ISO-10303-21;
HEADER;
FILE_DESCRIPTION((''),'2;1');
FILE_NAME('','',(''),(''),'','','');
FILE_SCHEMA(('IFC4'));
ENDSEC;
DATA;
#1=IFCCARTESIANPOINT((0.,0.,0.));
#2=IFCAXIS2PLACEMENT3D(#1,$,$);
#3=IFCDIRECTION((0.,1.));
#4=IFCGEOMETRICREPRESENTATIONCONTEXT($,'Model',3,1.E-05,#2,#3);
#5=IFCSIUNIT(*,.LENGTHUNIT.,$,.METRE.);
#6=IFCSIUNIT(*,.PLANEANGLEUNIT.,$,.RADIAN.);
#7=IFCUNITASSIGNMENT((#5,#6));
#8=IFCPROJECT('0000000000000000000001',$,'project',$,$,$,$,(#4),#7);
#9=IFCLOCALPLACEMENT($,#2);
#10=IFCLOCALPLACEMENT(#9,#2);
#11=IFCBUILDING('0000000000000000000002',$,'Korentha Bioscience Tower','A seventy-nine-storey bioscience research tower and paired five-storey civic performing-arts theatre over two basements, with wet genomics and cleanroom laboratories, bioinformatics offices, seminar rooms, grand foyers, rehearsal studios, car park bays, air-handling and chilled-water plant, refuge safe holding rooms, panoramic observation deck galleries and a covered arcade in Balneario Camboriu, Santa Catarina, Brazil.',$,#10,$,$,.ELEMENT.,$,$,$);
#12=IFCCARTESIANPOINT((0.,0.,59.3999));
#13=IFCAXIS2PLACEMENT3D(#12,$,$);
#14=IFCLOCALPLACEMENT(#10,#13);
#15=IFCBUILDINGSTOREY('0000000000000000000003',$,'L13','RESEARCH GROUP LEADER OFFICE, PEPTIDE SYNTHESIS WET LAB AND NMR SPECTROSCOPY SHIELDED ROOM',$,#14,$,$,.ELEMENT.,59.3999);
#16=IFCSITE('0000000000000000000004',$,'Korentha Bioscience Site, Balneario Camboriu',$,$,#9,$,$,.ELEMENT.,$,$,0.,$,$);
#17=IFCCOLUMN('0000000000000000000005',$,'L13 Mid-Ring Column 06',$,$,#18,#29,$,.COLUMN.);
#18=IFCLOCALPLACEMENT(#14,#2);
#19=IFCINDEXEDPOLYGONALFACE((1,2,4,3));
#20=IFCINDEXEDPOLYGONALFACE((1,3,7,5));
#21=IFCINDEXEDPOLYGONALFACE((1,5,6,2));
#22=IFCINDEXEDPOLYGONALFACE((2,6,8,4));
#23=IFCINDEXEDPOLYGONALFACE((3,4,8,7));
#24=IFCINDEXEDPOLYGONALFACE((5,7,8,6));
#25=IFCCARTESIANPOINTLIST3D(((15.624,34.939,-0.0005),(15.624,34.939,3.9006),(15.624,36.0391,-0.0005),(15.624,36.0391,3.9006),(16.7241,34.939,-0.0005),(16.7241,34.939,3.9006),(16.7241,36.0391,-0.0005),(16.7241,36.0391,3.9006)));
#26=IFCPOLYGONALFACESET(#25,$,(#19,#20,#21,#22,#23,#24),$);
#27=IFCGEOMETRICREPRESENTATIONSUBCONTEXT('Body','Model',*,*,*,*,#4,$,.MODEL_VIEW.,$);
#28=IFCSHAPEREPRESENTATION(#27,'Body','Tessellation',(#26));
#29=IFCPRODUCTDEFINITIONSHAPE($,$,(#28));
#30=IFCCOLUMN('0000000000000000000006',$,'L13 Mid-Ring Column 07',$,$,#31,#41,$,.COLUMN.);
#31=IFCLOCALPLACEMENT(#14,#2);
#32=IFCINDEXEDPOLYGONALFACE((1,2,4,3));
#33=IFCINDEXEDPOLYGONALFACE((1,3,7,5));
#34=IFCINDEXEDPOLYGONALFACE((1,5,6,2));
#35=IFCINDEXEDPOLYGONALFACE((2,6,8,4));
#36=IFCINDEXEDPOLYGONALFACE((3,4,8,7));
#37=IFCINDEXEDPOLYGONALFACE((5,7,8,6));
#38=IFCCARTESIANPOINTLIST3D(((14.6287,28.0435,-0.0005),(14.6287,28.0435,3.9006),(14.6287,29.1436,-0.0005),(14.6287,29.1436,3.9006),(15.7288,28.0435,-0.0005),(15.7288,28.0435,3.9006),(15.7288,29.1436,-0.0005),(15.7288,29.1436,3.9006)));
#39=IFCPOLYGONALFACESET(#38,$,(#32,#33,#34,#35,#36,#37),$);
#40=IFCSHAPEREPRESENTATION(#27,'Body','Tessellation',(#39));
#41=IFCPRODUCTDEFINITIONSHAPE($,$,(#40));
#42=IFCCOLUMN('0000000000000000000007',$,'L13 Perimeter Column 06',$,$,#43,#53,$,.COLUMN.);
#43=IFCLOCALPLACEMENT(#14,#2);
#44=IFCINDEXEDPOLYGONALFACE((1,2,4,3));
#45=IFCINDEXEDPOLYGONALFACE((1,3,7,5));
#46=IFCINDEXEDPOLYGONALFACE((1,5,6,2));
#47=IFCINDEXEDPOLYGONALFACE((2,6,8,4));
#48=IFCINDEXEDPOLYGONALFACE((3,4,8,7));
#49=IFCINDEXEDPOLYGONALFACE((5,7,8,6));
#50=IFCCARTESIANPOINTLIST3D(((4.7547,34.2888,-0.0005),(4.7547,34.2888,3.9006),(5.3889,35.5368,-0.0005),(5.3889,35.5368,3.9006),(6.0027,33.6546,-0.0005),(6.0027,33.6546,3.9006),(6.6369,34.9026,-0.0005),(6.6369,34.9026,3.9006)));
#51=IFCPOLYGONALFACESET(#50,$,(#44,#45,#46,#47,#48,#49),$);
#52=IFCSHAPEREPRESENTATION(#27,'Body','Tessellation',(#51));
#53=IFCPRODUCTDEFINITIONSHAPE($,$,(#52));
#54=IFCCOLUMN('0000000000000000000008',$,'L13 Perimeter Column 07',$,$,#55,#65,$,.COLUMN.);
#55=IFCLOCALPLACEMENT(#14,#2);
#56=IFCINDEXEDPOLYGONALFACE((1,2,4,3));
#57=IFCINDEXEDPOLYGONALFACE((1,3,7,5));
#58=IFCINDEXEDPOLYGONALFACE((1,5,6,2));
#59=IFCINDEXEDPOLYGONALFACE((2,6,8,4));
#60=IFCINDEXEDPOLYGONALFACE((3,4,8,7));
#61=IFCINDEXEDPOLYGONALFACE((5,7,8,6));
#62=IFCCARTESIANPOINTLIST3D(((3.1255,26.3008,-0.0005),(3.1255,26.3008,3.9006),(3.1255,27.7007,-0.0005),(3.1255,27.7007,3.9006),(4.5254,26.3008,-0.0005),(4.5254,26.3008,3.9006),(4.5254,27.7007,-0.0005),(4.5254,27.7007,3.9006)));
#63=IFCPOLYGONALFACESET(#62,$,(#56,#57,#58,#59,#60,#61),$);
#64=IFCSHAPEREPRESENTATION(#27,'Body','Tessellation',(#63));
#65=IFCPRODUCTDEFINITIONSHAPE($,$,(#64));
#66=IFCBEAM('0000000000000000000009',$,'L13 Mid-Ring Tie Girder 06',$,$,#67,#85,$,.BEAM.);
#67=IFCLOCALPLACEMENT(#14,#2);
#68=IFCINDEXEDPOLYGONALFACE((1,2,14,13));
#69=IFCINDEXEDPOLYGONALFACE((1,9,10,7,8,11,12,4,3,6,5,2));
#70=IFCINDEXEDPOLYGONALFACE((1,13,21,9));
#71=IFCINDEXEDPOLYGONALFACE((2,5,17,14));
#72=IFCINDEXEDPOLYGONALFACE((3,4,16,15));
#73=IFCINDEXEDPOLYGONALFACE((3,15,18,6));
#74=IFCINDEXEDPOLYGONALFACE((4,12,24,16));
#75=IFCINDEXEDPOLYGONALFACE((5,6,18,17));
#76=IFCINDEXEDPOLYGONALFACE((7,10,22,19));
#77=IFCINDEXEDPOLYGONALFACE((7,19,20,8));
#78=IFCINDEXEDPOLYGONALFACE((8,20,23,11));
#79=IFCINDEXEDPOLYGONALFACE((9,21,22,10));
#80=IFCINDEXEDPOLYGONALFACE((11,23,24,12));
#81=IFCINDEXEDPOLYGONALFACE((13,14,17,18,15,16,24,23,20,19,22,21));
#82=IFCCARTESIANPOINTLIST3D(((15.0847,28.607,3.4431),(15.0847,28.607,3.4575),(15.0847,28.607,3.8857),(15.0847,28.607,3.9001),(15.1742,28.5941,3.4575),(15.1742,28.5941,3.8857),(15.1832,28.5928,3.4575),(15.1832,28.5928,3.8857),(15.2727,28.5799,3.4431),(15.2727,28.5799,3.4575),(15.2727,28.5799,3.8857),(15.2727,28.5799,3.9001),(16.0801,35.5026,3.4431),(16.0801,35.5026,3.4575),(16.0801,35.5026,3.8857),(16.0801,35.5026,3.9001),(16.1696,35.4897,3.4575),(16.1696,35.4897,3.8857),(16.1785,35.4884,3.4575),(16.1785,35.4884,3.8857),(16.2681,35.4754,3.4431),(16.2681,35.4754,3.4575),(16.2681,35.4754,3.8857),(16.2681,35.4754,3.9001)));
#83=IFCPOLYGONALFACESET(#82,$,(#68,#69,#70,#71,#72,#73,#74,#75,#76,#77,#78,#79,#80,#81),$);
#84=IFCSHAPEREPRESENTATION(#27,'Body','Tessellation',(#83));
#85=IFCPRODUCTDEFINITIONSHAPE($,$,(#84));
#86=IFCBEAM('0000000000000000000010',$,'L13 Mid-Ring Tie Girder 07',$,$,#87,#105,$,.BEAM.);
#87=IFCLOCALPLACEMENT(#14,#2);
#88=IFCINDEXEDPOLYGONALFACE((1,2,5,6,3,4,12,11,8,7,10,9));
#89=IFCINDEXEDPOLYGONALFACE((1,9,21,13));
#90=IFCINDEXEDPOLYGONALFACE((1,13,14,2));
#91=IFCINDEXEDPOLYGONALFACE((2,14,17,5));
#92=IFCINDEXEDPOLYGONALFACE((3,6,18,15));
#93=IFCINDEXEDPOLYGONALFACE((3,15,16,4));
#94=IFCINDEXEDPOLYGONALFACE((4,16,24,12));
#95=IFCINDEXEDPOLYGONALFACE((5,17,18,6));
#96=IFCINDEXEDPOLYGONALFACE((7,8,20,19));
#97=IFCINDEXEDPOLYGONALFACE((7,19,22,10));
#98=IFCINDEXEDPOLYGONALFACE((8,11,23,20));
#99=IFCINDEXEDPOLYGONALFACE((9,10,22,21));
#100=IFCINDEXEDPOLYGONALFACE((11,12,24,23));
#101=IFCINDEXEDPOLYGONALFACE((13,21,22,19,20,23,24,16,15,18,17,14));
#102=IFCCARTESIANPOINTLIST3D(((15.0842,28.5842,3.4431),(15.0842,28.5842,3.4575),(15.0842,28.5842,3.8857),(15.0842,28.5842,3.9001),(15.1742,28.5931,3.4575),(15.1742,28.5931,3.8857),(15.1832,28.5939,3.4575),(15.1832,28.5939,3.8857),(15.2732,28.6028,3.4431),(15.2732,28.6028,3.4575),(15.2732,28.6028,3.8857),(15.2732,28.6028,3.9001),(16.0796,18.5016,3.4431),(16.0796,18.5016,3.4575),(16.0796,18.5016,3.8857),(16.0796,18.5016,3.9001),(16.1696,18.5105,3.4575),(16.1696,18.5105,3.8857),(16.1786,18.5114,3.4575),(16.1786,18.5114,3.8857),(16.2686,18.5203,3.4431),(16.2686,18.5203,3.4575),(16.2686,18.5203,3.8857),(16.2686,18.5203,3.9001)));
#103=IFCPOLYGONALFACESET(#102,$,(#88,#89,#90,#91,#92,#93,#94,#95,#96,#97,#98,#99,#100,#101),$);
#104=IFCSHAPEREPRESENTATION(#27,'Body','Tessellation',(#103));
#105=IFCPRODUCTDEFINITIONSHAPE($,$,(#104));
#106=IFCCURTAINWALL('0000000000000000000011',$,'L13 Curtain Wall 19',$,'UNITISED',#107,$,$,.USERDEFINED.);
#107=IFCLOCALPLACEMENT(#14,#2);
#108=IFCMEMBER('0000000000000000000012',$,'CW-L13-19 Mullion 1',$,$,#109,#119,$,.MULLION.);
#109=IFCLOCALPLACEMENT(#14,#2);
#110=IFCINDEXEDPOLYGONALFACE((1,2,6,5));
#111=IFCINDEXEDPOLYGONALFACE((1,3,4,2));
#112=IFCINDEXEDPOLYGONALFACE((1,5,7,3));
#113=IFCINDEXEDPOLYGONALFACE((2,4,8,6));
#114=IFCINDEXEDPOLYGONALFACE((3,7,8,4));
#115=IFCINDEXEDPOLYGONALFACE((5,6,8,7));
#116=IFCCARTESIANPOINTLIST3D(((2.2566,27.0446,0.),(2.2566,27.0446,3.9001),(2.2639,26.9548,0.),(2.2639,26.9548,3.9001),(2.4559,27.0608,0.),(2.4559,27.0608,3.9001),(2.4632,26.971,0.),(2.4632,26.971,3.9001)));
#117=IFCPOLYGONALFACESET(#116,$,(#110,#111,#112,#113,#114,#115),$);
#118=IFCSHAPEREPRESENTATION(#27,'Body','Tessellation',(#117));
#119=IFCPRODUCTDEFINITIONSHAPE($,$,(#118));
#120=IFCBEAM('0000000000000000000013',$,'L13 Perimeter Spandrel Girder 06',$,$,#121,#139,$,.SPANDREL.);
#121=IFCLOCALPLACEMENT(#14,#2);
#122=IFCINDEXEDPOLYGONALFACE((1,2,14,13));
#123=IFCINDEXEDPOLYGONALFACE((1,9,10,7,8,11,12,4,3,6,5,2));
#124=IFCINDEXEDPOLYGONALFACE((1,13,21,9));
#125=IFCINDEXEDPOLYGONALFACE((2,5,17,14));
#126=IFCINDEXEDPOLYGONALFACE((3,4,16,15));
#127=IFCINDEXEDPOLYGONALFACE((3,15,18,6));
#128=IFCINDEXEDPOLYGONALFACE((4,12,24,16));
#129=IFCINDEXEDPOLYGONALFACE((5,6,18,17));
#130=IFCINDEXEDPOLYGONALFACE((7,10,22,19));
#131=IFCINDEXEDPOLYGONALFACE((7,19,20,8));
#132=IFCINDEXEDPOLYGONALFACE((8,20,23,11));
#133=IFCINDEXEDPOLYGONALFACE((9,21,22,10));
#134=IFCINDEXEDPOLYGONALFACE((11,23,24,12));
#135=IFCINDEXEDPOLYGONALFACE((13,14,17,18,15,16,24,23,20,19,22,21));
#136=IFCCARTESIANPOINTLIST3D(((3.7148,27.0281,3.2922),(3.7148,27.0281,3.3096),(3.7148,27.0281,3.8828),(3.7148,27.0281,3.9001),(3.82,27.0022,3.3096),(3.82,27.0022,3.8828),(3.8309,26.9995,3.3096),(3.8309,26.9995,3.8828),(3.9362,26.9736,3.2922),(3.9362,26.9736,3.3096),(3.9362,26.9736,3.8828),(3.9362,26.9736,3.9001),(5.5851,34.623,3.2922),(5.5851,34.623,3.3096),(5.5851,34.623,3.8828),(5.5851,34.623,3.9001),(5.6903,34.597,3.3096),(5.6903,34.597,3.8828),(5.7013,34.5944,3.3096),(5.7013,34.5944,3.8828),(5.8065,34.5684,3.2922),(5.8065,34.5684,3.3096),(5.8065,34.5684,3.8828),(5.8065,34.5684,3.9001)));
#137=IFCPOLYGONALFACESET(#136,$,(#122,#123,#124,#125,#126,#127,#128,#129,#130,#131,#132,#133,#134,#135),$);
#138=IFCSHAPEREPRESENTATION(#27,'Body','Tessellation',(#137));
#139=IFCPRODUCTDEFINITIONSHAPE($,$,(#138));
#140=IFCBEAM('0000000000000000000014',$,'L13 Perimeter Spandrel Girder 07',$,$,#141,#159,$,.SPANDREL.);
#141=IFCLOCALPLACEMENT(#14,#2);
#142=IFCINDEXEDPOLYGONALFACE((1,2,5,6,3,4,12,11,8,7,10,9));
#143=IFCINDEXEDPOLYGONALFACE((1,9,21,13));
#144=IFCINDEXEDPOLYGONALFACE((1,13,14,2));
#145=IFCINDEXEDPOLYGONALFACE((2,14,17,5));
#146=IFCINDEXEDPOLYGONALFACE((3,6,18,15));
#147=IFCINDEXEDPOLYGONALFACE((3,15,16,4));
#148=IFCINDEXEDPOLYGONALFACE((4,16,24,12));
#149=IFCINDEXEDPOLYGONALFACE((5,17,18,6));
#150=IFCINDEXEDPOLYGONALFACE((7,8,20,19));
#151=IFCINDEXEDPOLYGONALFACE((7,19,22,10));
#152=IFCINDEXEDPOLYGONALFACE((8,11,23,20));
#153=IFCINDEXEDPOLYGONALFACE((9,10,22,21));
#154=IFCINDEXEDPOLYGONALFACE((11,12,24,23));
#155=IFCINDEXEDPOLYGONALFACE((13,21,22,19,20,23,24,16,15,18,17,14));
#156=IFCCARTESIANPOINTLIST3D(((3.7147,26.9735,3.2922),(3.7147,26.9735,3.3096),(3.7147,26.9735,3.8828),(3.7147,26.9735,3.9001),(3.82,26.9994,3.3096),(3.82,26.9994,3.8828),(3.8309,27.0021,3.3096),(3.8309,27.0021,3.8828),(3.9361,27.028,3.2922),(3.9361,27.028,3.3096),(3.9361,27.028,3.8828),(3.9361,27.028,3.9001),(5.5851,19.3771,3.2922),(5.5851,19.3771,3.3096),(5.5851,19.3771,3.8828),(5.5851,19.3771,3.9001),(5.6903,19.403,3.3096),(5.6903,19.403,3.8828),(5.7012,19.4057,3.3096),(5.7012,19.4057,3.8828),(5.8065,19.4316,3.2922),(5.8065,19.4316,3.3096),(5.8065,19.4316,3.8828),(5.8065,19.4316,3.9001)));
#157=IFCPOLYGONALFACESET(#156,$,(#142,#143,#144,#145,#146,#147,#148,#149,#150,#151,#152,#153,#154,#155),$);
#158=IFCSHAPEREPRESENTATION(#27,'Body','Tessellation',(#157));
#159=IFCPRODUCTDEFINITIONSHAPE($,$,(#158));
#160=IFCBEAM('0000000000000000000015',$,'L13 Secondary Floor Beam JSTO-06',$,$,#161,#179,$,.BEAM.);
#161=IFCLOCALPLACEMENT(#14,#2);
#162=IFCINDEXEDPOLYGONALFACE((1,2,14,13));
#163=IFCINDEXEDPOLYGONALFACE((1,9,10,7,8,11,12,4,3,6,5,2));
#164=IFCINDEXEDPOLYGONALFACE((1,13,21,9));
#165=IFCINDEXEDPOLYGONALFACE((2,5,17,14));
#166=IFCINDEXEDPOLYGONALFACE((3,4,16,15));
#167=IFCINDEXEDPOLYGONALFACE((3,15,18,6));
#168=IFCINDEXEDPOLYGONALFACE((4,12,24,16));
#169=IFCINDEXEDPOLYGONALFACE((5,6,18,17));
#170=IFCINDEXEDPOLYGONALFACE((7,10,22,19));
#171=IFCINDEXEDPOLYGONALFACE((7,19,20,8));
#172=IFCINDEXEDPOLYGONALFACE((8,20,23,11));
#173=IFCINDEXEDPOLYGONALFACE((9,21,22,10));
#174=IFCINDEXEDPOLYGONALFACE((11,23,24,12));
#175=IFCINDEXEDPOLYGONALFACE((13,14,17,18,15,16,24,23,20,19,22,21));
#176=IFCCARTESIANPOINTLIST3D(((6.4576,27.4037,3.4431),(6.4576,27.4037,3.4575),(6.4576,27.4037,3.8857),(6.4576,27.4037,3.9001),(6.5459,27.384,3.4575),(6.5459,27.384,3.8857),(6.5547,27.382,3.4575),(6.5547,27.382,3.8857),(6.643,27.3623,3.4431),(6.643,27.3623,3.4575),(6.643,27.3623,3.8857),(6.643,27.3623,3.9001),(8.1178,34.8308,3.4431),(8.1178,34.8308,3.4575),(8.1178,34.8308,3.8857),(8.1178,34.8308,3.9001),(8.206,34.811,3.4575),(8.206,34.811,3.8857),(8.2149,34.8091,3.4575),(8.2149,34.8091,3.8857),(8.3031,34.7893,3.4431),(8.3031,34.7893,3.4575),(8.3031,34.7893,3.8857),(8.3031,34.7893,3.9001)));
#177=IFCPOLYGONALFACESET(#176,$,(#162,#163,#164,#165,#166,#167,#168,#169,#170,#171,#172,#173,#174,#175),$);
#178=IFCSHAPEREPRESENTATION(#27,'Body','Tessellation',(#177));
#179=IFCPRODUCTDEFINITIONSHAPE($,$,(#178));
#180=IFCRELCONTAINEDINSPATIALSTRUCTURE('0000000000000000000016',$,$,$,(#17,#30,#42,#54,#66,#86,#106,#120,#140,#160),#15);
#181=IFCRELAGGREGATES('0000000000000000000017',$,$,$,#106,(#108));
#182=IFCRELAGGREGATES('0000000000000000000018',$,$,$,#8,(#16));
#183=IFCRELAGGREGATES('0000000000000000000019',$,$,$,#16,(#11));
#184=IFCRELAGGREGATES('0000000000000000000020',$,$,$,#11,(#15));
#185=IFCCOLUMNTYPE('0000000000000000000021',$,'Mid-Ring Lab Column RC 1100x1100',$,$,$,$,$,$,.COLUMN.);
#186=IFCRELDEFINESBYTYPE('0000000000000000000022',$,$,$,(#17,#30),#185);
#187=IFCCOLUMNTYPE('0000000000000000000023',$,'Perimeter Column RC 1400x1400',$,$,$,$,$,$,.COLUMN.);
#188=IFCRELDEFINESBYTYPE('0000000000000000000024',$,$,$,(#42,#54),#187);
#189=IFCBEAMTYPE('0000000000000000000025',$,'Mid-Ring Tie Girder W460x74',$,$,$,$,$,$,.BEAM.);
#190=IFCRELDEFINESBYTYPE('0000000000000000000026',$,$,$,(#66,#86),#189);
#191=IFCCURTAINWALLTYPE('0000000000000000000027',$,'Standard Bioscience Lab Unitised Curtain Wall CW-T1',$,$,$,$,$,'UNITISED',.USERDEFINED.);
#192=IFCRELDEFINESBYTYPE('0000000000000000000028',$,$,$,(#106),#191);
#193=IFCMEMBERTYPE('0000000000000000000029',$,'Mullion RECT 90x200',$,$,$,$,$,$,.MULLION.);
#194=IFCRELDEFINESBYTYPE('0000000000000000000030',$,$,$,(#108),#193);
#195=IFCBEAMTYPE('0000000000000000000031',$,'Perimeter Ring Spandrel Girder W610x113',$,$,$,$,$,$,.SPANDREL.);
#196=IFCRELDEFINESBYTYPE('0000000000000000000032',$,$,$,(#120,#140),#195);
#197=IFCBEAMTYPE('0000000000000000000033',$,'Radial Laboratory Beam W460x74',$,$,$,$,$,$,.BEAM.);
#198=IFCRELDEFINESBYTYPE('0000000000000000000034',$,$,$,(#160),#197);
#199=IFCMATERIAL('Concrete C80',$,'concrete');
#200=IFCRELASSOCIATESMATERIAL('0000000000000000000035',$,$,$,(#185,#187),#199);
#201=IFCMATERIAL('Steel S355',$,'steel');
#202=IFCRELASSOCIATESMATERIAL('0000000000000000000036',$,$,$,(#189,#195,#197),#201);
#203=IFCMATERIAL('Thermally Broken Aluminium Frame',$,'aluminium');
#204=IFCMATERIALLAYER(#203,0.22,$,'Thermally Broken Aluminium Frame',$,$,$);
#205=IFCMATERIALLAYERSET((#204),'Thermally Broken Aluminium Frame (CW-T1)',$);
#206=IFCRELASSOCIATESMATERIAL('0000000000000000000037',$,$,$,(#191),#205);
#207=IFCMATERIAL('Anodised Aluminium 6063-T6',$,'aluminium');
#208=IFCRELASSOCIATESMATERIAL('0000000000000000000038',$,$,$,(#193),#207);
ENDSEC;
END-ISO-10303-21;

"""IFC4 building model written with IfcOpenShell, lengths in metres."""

from ifc_helpers import new_model, si_unit, direction, frame, origin, origin_2d, place, context, subcontext, project, spatial, rectangle, i_section, extrude, material, layer, layer_set, material_profile, profile_set, type_object, element, aggregate, save


model = new_model("IFC4")

# Units and contexts
model_context = context("Model", 3, precision=1e-05, world=origin(), true_north=direction((0.0, 1.0)))
body_context = subcontext(model_context, "Body", "Model", "MODEL_VIEW")
ifc_project = project(units=[si_unit("LENGTHUNIT", "METRE"), si_unit("PLANEANGLEUNIT", "RADIAN")], contexts=[model_context])

# Site, building, storey
site_placement = place(None, origin())
site = spatial("IfcSite", under=ifc_project, at=site_placement, Name="Korentha Bioscience Site, Balneario Camboriu", CompositionType="ELEMENT", RefElevation=0.0)
building_placement = place(site_placement, origin())
building = spatial("IfcBuilding", under=site, at=building_placement, Name="Korentha Bioscience Tower", Description="A seventy-nine-storey bioscience research tower and paired five-storey civic performing-arts theatre over two basements, with wet genomics and cleanroom laboratories, bioinformatics offices, seminar rooms, grand foyers, rehearsal studios, car park bays, air-handling and chilled-water plant, refuge safe holding rooms, panoramic observation deck galleries and a covered arcade in Balneario Camboriu, Santa Catarina, Brazil.", CompositionType="ELEMENT")
storey_placement = place(building_placement, frame((0.0, 0.0, 59.3999)))
storey = spatial("IfcBuildingStorey", under=building, at=storey_placement, Name="L13", Description="RESEARCH GROUP LEADER OFFICE, PEPTIDE SYNTHESIS WET LAB AND NMR SPECTROSCOPY SHIELDED ROOM", CompositionType="ELEMENT", Elevation=59.3999)

# Columns
ifc_material_1 = material(Name="Concrete C80", Category="concrete")
ifc_material_profile_1 = material_profile(ifc_material_1, rectangle(XDim=1.1001, YDim=1.1001, at=origin_2d()), Name="Concrete C80")
ifc_profile_set_1 = profile_set([ifc_material_profile_1], Name="Concrete C80 (COL-MR11)")
column_type_1 = type_object("IfcColumnType", Name="Mid-Ring Lab Column RC 1100x1100", PredefinedType="COLUMN", material=ifc_profile_set_1)
for number, where, z_axis, x_axis, name in (
    (1, (16.1741, 35.489, -0.0005), (0.0, 0.0, 1.0), (1.0, 0.0, 0.0), "L13 Mid-Ring Column 06"),
    (2, (15.1787, 28.5935, -0.0005), (0.0, 0.0, 1.0), (1.0, 0.0, 0.0), "L13 Mid-Ring Column 07"),
):
    element("IfcColumn", number, at=place(storey_placement, frame(where, z_axis=z_axis, x_axis=x_axis)), inside=storey, type_object=column_type_1, Name=name, PredefinedType="COLUMN", context=body_context, shape_type="SweptSolid", body=[
        extrude(rectangle(XDim=1.1001, YDim=1.1001, at=origin_2d()), origin(), (0.0, 0.0, 1.0), 3.9011),
    ])
ifc_material_profile_2 = material_profile(ifc_material_1, rectangle(XDim=1.3999, YDim=1.3999, at=origin_2d()), Name="Concrete C80")
ifc_profile_set_2 = profile_set([ifc_material_profile_2], Name="Concrete C80 (COL-P14)")
column_type_2 = type_object("IfcColumnType", Name="Perimeter Column RC 1400x1400", PredefinedType="COLUMN", material=ifc_profile_set_2)
for number, where, z_axis, x_axis, name in (
    (3, (5.6958, 34.5957, -0.0005), (0.0, 0.0, 1.0), (0.453057, 0.891481, 0.0), "L13 Perimeter Column 06"),
    (4, (3.8254, 27.0007, -0.0005), (0.0, 0.0, 1.0), (0.0, 1.0, 0.0), "L13 Perimeter Column 07"),
):
    element("IfcColumn", number, at=place(storey_placement, frame(where, z_axis=z_axis, x_axis=x_axis)), inside=storey, type_object=column_type_2, Name=name, PredefinedType="COLUMN", context=body_context, shape_type="SweptSolid", body=[
        extrude(rectangle(XDim=1.3999, YDim=1.3999, at=origin_2d()), origin(), (0.0, 0.0, 1.0), 3.9011),
    ])

# Beams
ifc_material_2 = material(Name="Steel S355", Category="steel")
ifc_material_profile_3 = material_profile(ifc_material_2, i_section(OverallWidth=0.1899, OverallDepth=0.457, WebThickness=0.009, FlangeThickness=0.0144, at=origin_2d()), Name="Steel S355")
ifc_profile_set_3 = profile_set([ifc_material_profile_3], Name="Steel S355 (MB-460)")
beam_type_1 = type_object("IfcBeamType", Name="Mid-Ring Tie Girder W460x74", PredefinedType="BEAM", material=ifc_profile_set_3)
beam_1_placement = place(storey_placement, frame((16.1741, 35.489, 3.6716), z_axis=(-0.142868, -0.989742, 0.0), x_axis=(0.989742, -0.142868, 0.0)))
element("IfcBeam", 5, at=beam_1_placement, inside=storey, type_object=beam_type_1, Name="L13 Mid-Ring Tie Girder 06", PredefinedType="BEAM", context=body_context, shape_type="SweptSolid", body=[
    extrude(i_section(OverallWidth=0.1899, OverallDepth=0.457, WebThickness=0.009, FlangeThickness=0.0144, at=origin_2d()), origin(), (0.0, 0.0, 1.0), 6.967),
])
beam_2_placement = place(storey_placement, frame((15.1787, 28.5935, 3.6716), z_axis=(0.098244, -0.995162, 0.0), x_axis=(0.995162, 0.098244, 0.0)))
element("IfcBeam", 6, at=beam_2_placement, inside=storey, type_object=beam_type_1, Name="L13 Mid-Ring Tie Girder 07", PredefinedType="BEAM", context=body_context, shape_type="SweptSolid", body=[
    extrude(i_section(OverallWidth=0.1899, OverallDepth=0.457, WebThickness=0.009, FlangeThickness=0.0144, at=origin_2d()), origin(), (0.0, 0.0, 1.0), 10.1316),
])

# Curtain wall, member
ifc_material_3 = material(Name="Thermally Broken Aluminium Frame", Category="aluminium")
ifc_layer_1 = layer(ifc_material_3, 0.22, Name="Thermally Broken Aluminium Frame")
ifc_layer_set_1 = layer_set([ifc_layer_1], Name="Thermally Broken Aluminium Frame (CW-T1)")
curtain_wall_type = type_object("IfcCurtainWallType", Name="Standard Bioscience Lab Unitised Curtain Wall CW-T1", ElementType="UNITISED", PredefinedType="USERDEFINED", material=ifc_layer_set_1)
curtain_wall_placement = place(storey_placement, origin())
curtain_wall = element("IfcCurtainWall", 7, at=curtain_wall_placement, inside=storey, type_object=curtain_wall_type, Name="L13 Curtain Wall 19", ObjectType="UNITISED", PredefinedType="USERDEFINED")
ifc_material_4 = material(Name="Anodised Aluminium 6063-T6", Category="aluminium")
ifc_material_profile_4 = material_profile(ifc_material_4, rectangle(XDim=0.0901, YDim=0.2, at=origin_2d()), Name="Anodised Aluminium 6063-T6")
ifc_profile_set_4 = profile_set([ifc_material_profile_4], Name="Anodised Aluminium 6063-T6 (CW-MUL)")
member_type_1 = type_object("IfcMemberType", Name="Mullion RECT 90x200", PredefinedType="MULLION", material=ifc_profile_set_4)
member_1_placement = place(storey_placement, frame((2.3599, 27.0078, 0.0), z_axis=(0.0, 0.0, 1.0), x_axis=(0.08082, -0.996729, 0.0)))
member_1 = element("IfcMember", 8, at=member_1_placement, type_object=member_type_1, Name="CW-L13-19 Mullion 1", PredefinedType="MULLION", context=body_context, shape_type="SweptSolid", body=[
    extrude(rectangle(XDim=0.0901, YDim=0.2, at=origin_2d()), origin(), (0.0, 0.0, 1.0), 3.9001),
])

# Beams
ifc_material_profile_5 = material_profile(ifc_material_2, i_section(OverallWidth=0.228, OverallDepth=0.6079, WebThickness=0.0112, FlangeThickness=0.0173, at=origin_2d()), Name="Steel S355")
ifc_profile_set_5 = profile_set([ifc_material_profile_5], Name="Steel S355 (SB-610)")
beam_type_2 = type_object("IfcBeamType", Name="Perimeter Ring Spandrel Girder W610x113", PredefinedType="SPANDREL", material=ifc_profile_set_5)
beam_3_placement = place(storey_placement, frame((5.6958, 34.5957, 3.5962), z_axis=(-0.239119, -0.97099, 0.0), x_axis=(0.97099, -0.239119, 0.0)))
element("IfcBeam", 9, at=beam_3_placement, inside=storey, type_object=beam_type_2, Name="L13 Perimeter Spandrel Girder 06", PredefinedType="SPANDREL", context=body_context, shape_type="SweptSolid", body=[
    extrude(i_section(OverallWidth=0.228, OverallDepth=0.6079, WebThickness=0.0112, FlangeThickness=0.0173, at=origin_2d()), origin(), (0.0, 0.0, 1.0), 7.8218),
])
beam_4_placement = place(storey_placement, frame((3.8254, 27.0007, 3.5962), z_axis=(0.239076, -0.971001, 0.0), x_axis=(0.971001, 0.239076, 0.0)))
element("IfcBeam", 10, at=beam_4_placement, inside=storey, type_object=beam_type_2, Name="L13 Perimeter Spandrel Girder 07", PredefinedType="SPANDREL", context=body_context, shape_type="SweptSolid", body=[
    extrude(i_section(OverallWidth=0.228, OverallDepth=0.6079, WebThickness=0.0112, FlangeThickness=0.0173, at=origin_2d()), origin(), (0.0, 0.0, 1.0), 7.8232),
])
ifc_material_profile_6 = material_profile(ifc_material_2, i_section(OverallWidth=0.1899, OverallDepth=0.457, WebThickness=0.009, FlangeThickness=0.0144, at=origin_2d()), Name="Steel S355")
ifc_profile_set_6 = profile_set([ifc_material_profile_6], Name="Steel S355 (RB-460)")
beam_type_3 = type_object("IfcBeamType", Name="Radial Laboratory Beam W460x74", PredefinedType="BEAM", material=ifc_profile_set_6)
beam_5_placement = place(storey_placement, frame((8.2104, 34.8101, 3.6716), z_axis=(-0.218146, -0.975916, 0.0), x_axis=(0.975916, -0.218146, 0.0)))
element("IfcBeam", 11, at=beam_5_placement, inside=storey, type_object=beam_type_3, Name="L13 Secondary Floor Beam JSTO-06", PredefinedType="BEAM", context=body_context, shape_type="SweptSolid", body=[
    extrude(i_section(OverallWidth=0.1899, OverallDepth=0.457, WebThickness=0.009, FlangeThickness=0.0144, at=origin_2d()), origin(), (0.0, 0.0, 1.0), 7.6104),
])

aggregate(curtain_wall, [member_1])

save(model, "model.ifc")
